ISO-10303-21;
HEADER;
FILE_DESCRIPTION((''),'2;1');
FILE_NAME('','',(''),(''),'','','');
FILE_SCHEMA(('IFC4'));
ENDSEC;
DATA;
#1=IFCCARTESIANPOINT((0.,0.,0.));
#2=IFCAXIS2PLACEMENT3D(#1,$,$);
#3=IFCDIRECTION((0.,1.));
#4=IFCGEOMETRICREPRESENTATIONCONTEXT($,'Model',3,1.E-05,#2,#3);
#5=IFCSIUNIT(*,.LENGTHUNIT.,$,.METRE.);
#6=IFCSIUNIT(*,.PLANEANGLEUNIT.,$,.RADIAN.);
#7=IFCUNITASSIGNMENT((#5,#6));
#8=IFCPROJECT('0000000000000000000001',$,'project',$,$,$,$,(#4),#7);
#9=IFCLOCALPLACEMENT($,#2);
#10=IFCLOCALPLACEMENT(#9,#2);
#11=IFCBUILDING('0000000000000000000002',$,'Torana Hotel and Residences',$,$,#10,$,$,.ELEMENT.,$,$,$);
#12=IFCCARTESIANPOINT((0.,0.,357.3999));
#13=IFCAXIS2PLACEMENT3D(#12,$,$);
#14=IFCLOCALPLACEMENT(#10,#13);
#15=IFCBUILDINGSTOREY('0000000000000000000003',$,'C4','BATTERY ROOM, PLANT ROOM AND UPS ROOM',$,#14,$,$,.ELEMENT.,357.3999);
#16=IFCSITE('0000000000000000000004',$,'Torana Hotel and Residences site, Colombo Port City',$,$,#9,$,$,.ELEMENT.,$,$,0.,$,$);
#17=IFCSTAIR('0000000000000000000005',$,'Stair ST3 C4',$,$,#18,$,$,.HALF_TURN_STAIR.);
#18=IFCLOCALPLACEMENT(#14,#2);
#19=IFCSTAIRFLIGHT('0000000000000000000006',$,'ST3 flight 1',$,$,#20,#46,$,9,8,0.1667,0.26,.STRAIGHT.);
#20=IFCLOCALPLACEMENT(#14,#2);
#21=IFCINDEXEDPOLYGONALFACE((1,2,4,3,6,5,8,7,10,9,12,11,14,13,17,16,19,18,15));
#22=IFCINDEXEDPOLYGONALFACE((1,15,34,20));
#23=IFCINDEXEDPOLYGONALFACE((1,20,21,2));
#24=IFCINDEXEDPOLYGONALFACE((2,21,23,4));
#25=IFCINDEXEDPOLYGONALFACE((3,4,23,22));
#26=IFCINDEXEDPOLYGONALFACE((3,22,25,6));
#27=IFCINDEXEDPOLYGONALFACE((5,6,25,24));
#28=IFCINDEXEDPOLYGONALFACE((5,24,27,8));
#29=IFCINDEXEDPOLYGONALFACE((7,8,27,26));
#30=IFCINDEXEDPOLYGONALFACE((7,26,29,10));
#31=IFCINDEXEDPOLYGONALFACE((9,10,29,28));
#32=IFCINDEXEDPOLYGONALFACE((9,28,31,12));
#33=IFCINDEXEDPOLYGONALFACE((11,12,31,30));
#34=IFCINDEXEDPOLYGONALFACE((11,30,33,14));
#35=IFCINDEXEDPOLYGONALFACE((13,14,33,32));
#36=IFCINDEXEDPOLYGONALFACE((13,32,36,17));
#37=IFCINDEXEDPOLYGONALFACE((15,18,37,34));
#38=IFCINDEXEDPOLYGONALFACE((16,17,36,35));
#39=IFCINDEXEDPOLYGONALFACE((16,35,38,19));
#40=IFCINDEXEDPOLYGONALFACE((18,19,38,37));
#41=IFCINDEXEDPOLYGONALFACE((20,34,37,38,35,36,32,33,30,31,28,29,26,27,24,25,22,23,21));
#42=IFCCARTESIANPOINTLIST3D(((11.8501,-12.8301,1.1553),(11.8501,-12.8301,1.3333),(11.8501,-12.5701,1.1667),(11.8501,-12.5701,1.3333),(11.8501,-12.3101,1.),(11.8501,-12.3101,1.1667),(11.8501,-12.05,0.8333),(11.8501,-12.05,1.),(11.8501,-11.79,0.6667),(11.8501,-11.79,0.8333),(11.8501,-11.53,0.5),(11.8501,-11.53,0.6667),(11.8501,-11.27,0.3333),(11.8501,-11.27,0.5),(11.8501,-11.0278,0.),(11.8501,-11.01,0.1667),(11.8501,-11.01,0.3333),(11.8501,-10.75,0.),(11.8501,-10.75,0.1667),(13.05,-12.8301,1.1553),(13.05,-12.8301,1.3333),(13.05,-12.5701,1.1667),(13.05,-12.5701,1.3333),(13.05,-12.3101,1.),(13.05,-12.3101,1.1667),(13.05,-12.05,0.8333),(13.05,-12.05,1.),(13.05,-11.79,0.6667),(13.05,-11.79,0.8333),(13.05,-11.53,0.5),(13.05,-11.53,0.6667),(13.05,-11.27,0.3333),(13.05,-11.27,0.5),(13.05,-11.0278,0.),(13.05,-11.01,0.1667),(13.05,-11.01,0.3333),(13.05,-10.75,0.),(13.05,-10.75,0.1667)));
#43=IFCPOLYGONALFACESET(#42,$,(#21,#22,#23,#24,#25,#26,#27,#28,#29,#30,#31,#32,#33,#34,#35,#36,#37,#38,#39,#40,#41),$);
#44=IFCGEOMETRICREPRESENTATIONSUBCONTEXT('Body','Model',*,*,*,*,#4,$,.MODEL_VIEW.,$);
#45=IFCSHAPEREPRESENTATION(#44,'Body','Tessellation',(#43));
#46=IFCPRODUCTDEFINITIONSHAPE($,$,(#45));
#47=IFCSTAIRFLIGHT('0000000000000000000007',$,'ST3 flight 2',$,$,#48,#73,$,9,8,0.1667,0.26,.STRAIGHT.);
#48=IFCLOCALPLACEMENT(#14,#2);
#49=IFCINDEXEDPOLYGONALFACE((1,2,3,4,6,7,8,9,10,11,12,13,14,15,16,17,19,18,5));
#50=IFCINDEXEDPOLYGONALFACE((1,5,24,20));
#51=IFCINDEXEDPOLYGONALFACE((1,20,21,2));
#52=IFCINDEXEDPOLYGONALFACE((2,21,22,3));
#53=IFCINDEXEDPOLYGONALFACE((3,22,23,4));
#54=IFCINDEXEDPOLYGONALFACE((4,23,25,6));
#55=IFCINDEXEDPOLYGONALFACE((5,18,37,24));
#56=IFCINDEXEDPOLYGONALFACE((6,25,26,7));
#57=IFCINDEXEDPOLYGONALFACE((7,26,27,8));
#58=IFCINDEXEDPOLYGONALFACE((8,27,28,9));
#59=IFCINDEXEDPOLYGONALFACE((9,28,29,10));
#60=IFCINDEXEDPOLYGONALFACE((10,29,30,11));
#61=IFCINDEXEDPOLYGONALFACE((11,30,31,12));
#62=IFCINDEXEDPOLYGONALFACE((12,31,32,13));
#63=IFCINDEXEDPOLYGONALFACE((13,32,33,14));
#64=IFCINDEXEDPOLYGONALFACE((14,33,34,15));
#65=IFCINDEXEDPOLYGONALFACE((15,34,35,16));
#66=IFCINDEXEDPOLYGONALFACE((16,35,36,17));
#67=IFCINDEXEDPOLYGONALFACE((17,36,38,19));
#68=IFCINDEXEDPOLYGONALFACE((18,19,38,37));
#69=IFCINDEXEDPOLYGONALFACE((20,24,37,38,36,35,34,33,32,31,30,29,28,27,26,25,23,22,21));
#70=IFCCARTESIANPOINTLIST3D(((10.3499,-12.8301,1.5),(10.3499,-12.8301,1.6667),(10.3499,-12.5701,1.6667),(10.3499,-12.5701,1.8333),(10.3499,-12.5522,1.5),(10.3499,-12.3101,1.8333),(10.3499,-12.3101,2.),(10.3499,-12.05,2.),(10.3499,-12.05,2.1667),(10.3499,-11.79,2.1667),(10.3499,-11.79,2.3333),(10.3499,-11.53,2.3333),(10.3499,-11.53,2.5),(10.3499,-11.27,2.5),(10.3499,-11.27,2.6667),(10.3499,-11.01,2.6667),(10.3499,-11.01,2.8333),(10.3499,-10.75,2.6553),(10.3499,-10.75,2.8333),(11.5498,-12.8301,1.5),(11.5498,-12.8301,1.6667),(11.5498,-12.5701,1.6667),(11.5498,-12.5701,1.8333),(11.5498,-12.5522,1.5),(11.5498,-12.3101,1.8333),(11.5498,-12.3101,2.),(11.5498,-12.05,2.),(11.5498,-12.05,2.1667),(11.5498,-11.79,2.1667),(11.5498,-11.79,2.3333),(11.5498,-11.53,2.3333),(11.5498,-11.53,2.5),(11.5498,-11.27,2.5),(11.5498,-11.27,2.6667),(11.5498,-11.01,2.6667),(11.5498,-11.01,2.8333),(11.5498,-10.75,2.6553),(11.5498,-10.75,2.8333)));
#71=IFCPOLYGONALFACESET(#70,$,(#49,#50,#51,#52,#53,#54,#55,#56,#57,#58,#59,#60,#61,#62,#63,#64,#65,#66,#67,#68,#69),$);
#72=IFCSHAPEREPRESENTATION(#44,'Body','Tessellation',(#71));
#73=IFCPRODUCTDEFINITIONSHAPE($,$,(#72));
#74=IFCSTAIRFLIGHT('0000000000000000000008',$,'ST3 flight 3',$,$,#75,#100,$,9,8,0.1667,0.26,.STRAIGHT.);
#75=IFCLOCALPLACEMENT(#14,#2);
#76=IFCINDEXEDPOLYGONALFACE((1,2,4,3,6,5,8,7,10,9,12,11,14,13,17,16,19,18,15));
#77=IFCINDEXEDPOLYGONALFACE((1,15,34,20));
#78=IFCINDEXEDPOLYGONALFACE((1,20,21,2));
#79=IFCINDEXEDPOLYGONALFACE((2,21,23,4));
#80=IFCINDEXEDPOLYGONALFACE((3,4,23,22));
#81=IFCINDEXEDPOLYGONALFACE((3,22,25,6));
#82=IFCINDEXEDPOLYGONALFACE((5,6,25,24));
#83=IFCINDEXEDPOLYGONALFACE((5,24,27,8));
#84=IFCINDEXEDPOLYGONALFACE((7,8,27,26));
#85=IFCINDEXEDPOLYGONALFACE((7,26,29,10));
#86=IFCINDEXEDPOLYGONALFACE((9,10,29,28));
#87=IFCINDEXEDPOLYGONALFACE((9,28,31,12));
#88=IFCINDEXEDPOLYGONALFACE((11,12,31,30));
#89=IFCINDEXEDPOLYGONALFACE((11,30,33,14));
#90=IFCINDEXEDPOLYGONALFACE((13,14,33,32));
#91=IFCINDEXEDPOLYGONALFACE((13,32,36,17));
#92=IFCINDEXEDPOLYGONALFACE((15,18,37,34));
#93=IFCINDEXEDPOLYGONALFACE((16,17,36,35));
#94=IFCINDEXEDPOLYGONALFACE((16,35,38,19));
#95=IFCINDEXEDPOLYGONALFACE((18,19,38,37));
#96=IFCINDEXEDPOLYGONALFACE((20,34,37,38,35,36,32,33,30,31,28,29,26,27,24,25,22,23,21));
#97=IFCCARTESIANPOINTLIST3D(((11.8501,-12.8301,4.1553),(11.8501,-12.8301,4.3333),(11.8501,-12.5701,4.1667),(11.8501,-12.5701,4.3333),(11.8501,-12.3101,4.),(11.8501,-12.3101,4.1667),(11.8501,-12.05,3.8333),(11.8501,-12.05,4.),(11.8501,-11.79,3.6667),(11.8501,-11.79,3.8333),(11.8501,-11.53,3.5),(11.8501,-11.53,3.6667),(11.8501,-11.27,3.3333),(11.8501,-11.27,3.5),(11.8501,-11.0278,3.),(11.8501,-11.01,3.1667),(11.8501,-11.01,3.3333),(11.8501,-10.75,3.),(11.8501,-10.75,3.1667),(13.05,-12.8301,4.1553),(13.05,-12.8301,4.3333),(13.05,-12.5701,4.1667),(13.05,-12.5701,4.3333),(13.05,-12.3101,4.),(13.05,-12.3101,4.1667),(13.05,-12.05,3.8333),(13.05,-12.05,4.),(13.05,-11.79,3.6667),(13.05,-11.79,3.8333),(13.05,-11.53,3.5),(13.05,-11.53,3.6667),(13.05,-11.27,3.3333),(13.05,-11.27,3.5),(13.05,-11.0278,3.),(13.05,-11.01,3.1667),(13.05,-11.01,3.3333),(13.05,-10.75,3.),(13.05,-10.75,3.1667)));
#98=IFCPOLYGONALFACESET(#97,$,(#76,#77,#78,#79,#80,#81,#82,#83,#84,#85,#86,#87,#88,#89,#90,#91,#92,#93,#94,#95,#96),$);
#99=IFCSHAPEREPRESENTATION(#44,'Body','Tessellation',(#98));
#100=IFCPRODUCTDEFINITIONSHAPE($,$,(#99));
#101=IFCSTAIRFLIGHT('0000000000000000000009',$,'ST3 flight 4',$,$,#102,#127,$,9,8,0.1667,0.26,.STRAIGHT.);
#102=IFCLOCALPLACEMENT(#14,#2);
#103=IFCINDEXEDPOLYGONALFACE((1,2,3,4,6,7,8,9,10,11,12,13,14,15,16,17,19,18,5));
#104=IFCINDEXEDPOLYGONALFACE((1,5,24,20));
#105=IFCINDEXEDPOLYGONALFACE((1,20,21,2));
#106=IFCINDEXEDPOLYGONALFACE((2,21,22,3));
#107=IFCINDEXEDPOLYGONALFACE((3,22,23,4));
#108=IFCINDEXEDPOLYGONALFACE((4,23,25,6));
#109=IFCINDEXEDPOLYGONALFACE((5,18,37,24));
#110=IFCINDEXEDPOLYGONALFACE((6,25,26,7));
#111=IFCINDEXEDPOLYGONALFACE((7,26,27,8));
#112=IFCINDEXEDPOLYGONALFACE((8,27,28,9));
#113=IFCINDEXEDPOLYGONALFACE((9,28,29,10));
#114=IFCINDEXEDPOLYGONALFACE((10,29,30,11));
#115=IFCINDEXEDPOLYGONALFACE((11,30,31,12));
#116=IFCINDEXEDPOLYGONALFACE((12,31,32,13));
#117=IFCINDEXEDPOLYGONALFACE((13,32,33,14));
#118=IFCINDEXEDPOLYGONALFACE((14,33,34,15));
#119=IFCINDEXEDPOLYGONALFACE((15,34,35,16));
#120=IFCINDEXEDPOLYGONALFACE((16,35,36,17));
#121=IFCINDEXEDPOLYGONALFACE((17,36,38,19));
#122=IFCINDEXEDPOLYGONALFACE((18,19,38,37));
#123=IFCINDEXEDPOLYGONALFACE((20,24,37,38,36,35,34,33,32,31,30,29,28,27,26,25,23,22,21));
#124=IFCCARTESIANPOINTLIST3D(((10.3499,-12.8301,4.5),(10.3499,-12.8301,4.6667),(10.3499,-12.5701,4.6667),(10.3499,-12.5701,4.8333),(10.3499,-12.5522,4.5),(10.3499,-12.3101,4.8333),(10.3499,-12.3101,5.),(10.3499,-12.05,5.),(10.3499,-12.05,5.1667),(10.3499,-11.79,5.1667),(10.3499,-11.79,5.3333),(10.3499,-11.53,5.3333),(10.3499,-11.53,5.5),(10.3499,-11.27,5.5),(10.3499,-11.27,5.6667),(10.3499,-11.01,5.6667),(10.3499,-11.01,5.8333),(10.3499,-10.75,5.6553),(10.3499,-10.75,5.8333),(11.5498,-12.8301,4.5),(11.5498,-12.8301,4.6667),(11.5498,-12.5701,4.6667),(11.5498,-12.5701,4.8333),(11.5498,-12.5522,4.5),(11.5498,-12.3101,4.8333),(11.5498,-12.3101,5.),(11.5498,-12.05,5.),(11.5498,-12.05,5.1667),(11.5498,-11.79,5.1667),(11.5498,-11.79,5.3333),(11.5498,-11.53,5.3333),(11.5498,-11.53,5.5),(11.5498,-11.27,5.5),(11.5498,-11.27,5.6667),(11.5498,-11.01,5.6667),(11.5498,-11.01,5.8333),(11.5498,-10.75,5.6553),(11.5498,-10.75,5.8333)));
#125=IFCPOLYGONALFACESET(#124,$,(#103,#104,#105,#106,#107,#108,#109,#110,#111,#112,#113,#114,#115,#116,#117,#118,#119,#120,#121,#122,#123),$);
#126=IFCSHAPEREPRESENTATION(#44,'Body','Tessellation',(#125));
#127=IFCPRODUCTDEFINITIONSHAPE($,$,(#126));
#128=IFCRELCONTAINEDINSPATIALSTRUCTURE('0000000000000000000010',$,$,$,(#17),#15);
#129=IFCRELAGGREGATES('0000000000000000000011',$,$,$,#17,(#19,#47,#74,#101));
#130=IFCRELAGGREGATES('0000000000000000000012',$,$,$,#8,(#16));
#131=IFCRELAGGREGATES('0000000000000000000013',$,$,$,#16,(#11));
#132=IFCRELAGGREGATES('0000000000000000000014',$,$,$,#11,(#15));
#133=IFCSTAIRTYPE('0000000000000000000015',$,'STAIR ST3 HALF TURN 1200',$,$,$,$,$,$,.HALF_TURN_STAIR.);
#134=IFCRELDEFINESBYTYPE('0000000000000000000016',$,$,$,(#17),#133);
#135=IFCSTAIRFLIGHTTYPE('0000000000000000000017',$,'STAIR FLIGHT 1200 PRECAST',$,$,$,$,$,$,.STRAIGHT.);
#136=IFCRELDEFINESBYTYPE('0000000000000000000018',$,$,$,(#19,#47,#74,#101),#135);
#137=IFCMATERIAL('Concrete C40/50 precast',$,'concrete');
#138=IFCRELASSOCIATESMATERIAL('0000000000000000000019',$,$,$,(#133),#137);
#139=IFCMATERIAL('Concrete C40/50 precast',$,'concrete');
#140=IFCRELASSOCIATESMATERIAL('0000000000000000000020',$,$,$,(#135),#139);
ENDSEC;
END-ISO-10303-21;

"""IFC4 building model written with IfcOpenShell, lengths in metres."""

from ifc_helpers import new_model, si_unit, direction, frame, origin, place, context, subcontext, project, spatial, polyline, outline, extrude, material, type_object, element, aggregate, save


model = new_model("IFC4")

# Units and contexts
model_context = context("Model", 3, precision=1e-05, world=origin(), true_north=direction((0.0, 1.0)))
body_context = subcontext(model_context, "Body", "Model", "MODEL_VIEW")
ifc_project = project(units=[si_unit("LENGTHUNIT", "METRE"), si_unit("PLANEANGLEUNIT", "RADIAN")], contexts=[model_context])

# Site, building, storey
site_placement = place(None, origin())
site = spatial("IfcSite", under=ifc_project, at=site_placement, Name="Torana Hotel and Residences site, Colombo Port City", CompositionType="ELEMENT", RefElevation=0.0)
building_placement = place(site_placement, origin())
building = spatial("IfcBuilding", under=site, at=building_placement, Name="Torana Hotel and Residences", CompositionType="ELEMENT")
storey_placement = place(building_placement, frame((0.0, 0.0, 357.3999)))
storey = spatial("IfcBuildingStorey", under=building, at=storey_placement, Name="C4", Description="BATTERY ROOM, PLANT ROOM AND UPS ROOM", CompositionType="ELEMENT", Elevation=357.3999)

# Stair, stair flights
ifc_material_1 = material(Name="Concrete C40/50 precast", Category="concrete")
stair_type = type_object("IfcStairType", Name="STAIR ST3 HALF TURN 1200", PredefinedType="HALF_TURN_STAIR", material=ifc_material_1)
stair_placement = place(storey_placement, origin())
stair = element("IfcStair", 1, at=stair_placement, inside=storey, type_object=stair_type, Name="Stair ST3 C4", PredefinedType="HALF_TURN_STAIR")
ifc_material_2 = material(Name="Concrete C40/50 precast", Category="concrete")
stair_flight_type = type_object("IfcStairFlightType", Name="STAIR FLIGHT 1200 PRECAST", PredefinedType="STRAIGHT", material=ifc_material_2)
stair_flight_1_placement = place(storey_placement, frame((12.45, -10.75, 0.0), z_axis=(0.0, 0.0, 1.0), x_axis=(0.0, -1.0, 0.0)))
stair_flight_1 = element("IfcStairFlight", 2, at=stair_flight_1_placement, type_object=stair_flight_type, Name="ST3 flight 1", NumberOfRisers=9, NumberOfTreads=8, PredefinedType="STRAIGHT", RiserHeight=0.1667, TreadLength=0.26, context=body_context, shape_type="SweptSolid", body=[
    extrude(outline(polyline([(0.0, 0.0), (0.0, 0.1667), (0.26, 0.1667), (0.26, 0.3333), (0.52, 0.3333), (0.52, 0.5), (0.78, 0.5), (0.78, 0.6667), (1.04, 0.6667), (1.04, 0.8333), (1.3, 0.8333), (1.3, 1.0), (1.5601, 1.0), (1.5601, 1.1667), (1.8201, 1.1667), (1.8201, 1.3333), (2.0801, 1.3333), (2.0801, 1.5), (2.0801, 1.1553), (0.2778, 0.0), (0.0, 0.0)])), frame((0.0, 0.6001, 0.0), z_axis=(0.0, -1.0, 0.0), x_axis=(1.0, 0.0, 0.0)), (0.0, 0.0, 1.0), 1.2),
])
stair_flight_2_placement = place(storey_placement, frame((10.95, -12.8301, 1.5), z_axis=(0.0, 0.0, 1.0), x_axis=(0.0, 1.0, 0.0)))
stair_flight_2 = element("IfcStairFlight", 3, at=stair_flight_2_placement, type_object=stair_flight_type, Name="ST3 flight 2", NumberOfRisers=9, NumberOfTreads=8, PredefinedType="STRAIGHT", RiserHeight=0.1667, TreadLength=0.26, context=body_context, shape_type="SweptSolid", body=[
    extrude(outline(polyline([(0.0, 0.0), (0.0, 0.1667), (0.26, 0.1667), (0.26, 0.3333), (0.52, 0.3333), (0.52, 0.5), (0.78, 0.5), (0.78, 0.6667), (1.04, 0.6667), (1.04, 0.8333), (1.3, 0.8333), (1.3, 1.0), (1.5601, 1.0), (1.5601, 1.1667), (1.8201, 1.1667), (1.8201, 1.3333), (2.0801, 1.3333), (2.0801, 1.5), (2.0801, 1.1553), (0.2778, 0.0), (0.0, 0.0)])), frame((0.0, 0.6001, 0.0), z_axis=(0.0, -1.0, 0.0), x_axis=(1.0, 0.0, 0.0)), (0.0, 0.0, 1.0), 1.2),
])
stair_flight_3_placement = place(storey_placement, frame((12.45, -10.75, 3.0), z_axis=(0.0, 0.0, 1.0), x_axis=(0.0, -1.0, 0.0)))
stair_flight_3 = element("IfcStairFlight", 4, at=stair_flight_3_placement, type_object=stair_flight_type, Name="ST3 flight 3", NumberOfRisers=9, NumberOfTreads=8, PredefinedType="STRAIGHT", RiserHeight=0.1667, TreadLength=0.26, context=body_context, shape_type="SweptSolid", body=[
    extrude(outline(polyline([(0.0, 0.0), (0.0, 0.1667), (0.26, 0.1667), (0.26, 0.3333), (0.52, 0.3333), (0.52, 0.5), (0.78, 0.5), (0.78, 0.6667), (1.04, 0.6667), (1.04, 0.8333), (1.3, 0.8333), (1.3, 1.0), (1.5601, 1.0), (1.5601, 1.1667), (1.8201, 1.1667), (1.8201, 1.3333), (2.0801, 1.3333), (2.0801, 1.5), (2.0801, 1.1553), (0.2778, 0.0), (0.0, 0.0)])), frame((0.0, 0.6001, 0.0), z_axis=(0.0, -1.0, 0.0), x_axis=(1.0, 0.0, 0.0)), (0.0, 0.0, 1.0), 1.2),
])
stair_flight_4_placement = place(storey_placement, frame((10.95, -12.8301, 4.5), z_axis=(0.0, 0.0, 1.0), x_axis=(0.0, 1.0, 0.0)))
stair_flight_4 = element("IfcStairFlight", 5, at=stair_flight_4_placement, type_object=stair_flight_type, Name="ST3 flight 4", NumberOfRisers=9, NumberOfTreads=8, PredefinedType="STRAIGHT", RiserHeight=0.1667, TreadLength=0.26, context=body_context, shape_type="SweptSolid", body=[
    extrude(outline(polyline([(0.0, 0.0), (0.0, 0.1667), (0.26, 0.1667), (0.26, 0.3333), (0.52, 0.3333), (0.52, 0.5), (0.78, 0.5), (0.78, 0.6667), (1.04, 0.6667), (1.04, 0.8333), (1.3, 0.8333), (1.3, 1.0), (1.5601, 1.0), (1.5601, 1.1667), (1.8201, 1.1667), (1.8201, 1.3333), (2.0801, 1.3333), (2.0801, 1.5), (2.0801, 1.1553), (0.2778, 0.0), (0.0, 0.0)])), frame((0.0, 0.6001, 0.0), z_axis=(0.0, -1.0, 0.0), x_axis=(1.0, 0.0, 0.0)), (0.0, 0.0, 1.0), 1.2),
])
aggregate(stair, [stair_flight_1, stair_flight_2, stair_flight_3, stair_flight_4])

save(model, "model.ifc")
